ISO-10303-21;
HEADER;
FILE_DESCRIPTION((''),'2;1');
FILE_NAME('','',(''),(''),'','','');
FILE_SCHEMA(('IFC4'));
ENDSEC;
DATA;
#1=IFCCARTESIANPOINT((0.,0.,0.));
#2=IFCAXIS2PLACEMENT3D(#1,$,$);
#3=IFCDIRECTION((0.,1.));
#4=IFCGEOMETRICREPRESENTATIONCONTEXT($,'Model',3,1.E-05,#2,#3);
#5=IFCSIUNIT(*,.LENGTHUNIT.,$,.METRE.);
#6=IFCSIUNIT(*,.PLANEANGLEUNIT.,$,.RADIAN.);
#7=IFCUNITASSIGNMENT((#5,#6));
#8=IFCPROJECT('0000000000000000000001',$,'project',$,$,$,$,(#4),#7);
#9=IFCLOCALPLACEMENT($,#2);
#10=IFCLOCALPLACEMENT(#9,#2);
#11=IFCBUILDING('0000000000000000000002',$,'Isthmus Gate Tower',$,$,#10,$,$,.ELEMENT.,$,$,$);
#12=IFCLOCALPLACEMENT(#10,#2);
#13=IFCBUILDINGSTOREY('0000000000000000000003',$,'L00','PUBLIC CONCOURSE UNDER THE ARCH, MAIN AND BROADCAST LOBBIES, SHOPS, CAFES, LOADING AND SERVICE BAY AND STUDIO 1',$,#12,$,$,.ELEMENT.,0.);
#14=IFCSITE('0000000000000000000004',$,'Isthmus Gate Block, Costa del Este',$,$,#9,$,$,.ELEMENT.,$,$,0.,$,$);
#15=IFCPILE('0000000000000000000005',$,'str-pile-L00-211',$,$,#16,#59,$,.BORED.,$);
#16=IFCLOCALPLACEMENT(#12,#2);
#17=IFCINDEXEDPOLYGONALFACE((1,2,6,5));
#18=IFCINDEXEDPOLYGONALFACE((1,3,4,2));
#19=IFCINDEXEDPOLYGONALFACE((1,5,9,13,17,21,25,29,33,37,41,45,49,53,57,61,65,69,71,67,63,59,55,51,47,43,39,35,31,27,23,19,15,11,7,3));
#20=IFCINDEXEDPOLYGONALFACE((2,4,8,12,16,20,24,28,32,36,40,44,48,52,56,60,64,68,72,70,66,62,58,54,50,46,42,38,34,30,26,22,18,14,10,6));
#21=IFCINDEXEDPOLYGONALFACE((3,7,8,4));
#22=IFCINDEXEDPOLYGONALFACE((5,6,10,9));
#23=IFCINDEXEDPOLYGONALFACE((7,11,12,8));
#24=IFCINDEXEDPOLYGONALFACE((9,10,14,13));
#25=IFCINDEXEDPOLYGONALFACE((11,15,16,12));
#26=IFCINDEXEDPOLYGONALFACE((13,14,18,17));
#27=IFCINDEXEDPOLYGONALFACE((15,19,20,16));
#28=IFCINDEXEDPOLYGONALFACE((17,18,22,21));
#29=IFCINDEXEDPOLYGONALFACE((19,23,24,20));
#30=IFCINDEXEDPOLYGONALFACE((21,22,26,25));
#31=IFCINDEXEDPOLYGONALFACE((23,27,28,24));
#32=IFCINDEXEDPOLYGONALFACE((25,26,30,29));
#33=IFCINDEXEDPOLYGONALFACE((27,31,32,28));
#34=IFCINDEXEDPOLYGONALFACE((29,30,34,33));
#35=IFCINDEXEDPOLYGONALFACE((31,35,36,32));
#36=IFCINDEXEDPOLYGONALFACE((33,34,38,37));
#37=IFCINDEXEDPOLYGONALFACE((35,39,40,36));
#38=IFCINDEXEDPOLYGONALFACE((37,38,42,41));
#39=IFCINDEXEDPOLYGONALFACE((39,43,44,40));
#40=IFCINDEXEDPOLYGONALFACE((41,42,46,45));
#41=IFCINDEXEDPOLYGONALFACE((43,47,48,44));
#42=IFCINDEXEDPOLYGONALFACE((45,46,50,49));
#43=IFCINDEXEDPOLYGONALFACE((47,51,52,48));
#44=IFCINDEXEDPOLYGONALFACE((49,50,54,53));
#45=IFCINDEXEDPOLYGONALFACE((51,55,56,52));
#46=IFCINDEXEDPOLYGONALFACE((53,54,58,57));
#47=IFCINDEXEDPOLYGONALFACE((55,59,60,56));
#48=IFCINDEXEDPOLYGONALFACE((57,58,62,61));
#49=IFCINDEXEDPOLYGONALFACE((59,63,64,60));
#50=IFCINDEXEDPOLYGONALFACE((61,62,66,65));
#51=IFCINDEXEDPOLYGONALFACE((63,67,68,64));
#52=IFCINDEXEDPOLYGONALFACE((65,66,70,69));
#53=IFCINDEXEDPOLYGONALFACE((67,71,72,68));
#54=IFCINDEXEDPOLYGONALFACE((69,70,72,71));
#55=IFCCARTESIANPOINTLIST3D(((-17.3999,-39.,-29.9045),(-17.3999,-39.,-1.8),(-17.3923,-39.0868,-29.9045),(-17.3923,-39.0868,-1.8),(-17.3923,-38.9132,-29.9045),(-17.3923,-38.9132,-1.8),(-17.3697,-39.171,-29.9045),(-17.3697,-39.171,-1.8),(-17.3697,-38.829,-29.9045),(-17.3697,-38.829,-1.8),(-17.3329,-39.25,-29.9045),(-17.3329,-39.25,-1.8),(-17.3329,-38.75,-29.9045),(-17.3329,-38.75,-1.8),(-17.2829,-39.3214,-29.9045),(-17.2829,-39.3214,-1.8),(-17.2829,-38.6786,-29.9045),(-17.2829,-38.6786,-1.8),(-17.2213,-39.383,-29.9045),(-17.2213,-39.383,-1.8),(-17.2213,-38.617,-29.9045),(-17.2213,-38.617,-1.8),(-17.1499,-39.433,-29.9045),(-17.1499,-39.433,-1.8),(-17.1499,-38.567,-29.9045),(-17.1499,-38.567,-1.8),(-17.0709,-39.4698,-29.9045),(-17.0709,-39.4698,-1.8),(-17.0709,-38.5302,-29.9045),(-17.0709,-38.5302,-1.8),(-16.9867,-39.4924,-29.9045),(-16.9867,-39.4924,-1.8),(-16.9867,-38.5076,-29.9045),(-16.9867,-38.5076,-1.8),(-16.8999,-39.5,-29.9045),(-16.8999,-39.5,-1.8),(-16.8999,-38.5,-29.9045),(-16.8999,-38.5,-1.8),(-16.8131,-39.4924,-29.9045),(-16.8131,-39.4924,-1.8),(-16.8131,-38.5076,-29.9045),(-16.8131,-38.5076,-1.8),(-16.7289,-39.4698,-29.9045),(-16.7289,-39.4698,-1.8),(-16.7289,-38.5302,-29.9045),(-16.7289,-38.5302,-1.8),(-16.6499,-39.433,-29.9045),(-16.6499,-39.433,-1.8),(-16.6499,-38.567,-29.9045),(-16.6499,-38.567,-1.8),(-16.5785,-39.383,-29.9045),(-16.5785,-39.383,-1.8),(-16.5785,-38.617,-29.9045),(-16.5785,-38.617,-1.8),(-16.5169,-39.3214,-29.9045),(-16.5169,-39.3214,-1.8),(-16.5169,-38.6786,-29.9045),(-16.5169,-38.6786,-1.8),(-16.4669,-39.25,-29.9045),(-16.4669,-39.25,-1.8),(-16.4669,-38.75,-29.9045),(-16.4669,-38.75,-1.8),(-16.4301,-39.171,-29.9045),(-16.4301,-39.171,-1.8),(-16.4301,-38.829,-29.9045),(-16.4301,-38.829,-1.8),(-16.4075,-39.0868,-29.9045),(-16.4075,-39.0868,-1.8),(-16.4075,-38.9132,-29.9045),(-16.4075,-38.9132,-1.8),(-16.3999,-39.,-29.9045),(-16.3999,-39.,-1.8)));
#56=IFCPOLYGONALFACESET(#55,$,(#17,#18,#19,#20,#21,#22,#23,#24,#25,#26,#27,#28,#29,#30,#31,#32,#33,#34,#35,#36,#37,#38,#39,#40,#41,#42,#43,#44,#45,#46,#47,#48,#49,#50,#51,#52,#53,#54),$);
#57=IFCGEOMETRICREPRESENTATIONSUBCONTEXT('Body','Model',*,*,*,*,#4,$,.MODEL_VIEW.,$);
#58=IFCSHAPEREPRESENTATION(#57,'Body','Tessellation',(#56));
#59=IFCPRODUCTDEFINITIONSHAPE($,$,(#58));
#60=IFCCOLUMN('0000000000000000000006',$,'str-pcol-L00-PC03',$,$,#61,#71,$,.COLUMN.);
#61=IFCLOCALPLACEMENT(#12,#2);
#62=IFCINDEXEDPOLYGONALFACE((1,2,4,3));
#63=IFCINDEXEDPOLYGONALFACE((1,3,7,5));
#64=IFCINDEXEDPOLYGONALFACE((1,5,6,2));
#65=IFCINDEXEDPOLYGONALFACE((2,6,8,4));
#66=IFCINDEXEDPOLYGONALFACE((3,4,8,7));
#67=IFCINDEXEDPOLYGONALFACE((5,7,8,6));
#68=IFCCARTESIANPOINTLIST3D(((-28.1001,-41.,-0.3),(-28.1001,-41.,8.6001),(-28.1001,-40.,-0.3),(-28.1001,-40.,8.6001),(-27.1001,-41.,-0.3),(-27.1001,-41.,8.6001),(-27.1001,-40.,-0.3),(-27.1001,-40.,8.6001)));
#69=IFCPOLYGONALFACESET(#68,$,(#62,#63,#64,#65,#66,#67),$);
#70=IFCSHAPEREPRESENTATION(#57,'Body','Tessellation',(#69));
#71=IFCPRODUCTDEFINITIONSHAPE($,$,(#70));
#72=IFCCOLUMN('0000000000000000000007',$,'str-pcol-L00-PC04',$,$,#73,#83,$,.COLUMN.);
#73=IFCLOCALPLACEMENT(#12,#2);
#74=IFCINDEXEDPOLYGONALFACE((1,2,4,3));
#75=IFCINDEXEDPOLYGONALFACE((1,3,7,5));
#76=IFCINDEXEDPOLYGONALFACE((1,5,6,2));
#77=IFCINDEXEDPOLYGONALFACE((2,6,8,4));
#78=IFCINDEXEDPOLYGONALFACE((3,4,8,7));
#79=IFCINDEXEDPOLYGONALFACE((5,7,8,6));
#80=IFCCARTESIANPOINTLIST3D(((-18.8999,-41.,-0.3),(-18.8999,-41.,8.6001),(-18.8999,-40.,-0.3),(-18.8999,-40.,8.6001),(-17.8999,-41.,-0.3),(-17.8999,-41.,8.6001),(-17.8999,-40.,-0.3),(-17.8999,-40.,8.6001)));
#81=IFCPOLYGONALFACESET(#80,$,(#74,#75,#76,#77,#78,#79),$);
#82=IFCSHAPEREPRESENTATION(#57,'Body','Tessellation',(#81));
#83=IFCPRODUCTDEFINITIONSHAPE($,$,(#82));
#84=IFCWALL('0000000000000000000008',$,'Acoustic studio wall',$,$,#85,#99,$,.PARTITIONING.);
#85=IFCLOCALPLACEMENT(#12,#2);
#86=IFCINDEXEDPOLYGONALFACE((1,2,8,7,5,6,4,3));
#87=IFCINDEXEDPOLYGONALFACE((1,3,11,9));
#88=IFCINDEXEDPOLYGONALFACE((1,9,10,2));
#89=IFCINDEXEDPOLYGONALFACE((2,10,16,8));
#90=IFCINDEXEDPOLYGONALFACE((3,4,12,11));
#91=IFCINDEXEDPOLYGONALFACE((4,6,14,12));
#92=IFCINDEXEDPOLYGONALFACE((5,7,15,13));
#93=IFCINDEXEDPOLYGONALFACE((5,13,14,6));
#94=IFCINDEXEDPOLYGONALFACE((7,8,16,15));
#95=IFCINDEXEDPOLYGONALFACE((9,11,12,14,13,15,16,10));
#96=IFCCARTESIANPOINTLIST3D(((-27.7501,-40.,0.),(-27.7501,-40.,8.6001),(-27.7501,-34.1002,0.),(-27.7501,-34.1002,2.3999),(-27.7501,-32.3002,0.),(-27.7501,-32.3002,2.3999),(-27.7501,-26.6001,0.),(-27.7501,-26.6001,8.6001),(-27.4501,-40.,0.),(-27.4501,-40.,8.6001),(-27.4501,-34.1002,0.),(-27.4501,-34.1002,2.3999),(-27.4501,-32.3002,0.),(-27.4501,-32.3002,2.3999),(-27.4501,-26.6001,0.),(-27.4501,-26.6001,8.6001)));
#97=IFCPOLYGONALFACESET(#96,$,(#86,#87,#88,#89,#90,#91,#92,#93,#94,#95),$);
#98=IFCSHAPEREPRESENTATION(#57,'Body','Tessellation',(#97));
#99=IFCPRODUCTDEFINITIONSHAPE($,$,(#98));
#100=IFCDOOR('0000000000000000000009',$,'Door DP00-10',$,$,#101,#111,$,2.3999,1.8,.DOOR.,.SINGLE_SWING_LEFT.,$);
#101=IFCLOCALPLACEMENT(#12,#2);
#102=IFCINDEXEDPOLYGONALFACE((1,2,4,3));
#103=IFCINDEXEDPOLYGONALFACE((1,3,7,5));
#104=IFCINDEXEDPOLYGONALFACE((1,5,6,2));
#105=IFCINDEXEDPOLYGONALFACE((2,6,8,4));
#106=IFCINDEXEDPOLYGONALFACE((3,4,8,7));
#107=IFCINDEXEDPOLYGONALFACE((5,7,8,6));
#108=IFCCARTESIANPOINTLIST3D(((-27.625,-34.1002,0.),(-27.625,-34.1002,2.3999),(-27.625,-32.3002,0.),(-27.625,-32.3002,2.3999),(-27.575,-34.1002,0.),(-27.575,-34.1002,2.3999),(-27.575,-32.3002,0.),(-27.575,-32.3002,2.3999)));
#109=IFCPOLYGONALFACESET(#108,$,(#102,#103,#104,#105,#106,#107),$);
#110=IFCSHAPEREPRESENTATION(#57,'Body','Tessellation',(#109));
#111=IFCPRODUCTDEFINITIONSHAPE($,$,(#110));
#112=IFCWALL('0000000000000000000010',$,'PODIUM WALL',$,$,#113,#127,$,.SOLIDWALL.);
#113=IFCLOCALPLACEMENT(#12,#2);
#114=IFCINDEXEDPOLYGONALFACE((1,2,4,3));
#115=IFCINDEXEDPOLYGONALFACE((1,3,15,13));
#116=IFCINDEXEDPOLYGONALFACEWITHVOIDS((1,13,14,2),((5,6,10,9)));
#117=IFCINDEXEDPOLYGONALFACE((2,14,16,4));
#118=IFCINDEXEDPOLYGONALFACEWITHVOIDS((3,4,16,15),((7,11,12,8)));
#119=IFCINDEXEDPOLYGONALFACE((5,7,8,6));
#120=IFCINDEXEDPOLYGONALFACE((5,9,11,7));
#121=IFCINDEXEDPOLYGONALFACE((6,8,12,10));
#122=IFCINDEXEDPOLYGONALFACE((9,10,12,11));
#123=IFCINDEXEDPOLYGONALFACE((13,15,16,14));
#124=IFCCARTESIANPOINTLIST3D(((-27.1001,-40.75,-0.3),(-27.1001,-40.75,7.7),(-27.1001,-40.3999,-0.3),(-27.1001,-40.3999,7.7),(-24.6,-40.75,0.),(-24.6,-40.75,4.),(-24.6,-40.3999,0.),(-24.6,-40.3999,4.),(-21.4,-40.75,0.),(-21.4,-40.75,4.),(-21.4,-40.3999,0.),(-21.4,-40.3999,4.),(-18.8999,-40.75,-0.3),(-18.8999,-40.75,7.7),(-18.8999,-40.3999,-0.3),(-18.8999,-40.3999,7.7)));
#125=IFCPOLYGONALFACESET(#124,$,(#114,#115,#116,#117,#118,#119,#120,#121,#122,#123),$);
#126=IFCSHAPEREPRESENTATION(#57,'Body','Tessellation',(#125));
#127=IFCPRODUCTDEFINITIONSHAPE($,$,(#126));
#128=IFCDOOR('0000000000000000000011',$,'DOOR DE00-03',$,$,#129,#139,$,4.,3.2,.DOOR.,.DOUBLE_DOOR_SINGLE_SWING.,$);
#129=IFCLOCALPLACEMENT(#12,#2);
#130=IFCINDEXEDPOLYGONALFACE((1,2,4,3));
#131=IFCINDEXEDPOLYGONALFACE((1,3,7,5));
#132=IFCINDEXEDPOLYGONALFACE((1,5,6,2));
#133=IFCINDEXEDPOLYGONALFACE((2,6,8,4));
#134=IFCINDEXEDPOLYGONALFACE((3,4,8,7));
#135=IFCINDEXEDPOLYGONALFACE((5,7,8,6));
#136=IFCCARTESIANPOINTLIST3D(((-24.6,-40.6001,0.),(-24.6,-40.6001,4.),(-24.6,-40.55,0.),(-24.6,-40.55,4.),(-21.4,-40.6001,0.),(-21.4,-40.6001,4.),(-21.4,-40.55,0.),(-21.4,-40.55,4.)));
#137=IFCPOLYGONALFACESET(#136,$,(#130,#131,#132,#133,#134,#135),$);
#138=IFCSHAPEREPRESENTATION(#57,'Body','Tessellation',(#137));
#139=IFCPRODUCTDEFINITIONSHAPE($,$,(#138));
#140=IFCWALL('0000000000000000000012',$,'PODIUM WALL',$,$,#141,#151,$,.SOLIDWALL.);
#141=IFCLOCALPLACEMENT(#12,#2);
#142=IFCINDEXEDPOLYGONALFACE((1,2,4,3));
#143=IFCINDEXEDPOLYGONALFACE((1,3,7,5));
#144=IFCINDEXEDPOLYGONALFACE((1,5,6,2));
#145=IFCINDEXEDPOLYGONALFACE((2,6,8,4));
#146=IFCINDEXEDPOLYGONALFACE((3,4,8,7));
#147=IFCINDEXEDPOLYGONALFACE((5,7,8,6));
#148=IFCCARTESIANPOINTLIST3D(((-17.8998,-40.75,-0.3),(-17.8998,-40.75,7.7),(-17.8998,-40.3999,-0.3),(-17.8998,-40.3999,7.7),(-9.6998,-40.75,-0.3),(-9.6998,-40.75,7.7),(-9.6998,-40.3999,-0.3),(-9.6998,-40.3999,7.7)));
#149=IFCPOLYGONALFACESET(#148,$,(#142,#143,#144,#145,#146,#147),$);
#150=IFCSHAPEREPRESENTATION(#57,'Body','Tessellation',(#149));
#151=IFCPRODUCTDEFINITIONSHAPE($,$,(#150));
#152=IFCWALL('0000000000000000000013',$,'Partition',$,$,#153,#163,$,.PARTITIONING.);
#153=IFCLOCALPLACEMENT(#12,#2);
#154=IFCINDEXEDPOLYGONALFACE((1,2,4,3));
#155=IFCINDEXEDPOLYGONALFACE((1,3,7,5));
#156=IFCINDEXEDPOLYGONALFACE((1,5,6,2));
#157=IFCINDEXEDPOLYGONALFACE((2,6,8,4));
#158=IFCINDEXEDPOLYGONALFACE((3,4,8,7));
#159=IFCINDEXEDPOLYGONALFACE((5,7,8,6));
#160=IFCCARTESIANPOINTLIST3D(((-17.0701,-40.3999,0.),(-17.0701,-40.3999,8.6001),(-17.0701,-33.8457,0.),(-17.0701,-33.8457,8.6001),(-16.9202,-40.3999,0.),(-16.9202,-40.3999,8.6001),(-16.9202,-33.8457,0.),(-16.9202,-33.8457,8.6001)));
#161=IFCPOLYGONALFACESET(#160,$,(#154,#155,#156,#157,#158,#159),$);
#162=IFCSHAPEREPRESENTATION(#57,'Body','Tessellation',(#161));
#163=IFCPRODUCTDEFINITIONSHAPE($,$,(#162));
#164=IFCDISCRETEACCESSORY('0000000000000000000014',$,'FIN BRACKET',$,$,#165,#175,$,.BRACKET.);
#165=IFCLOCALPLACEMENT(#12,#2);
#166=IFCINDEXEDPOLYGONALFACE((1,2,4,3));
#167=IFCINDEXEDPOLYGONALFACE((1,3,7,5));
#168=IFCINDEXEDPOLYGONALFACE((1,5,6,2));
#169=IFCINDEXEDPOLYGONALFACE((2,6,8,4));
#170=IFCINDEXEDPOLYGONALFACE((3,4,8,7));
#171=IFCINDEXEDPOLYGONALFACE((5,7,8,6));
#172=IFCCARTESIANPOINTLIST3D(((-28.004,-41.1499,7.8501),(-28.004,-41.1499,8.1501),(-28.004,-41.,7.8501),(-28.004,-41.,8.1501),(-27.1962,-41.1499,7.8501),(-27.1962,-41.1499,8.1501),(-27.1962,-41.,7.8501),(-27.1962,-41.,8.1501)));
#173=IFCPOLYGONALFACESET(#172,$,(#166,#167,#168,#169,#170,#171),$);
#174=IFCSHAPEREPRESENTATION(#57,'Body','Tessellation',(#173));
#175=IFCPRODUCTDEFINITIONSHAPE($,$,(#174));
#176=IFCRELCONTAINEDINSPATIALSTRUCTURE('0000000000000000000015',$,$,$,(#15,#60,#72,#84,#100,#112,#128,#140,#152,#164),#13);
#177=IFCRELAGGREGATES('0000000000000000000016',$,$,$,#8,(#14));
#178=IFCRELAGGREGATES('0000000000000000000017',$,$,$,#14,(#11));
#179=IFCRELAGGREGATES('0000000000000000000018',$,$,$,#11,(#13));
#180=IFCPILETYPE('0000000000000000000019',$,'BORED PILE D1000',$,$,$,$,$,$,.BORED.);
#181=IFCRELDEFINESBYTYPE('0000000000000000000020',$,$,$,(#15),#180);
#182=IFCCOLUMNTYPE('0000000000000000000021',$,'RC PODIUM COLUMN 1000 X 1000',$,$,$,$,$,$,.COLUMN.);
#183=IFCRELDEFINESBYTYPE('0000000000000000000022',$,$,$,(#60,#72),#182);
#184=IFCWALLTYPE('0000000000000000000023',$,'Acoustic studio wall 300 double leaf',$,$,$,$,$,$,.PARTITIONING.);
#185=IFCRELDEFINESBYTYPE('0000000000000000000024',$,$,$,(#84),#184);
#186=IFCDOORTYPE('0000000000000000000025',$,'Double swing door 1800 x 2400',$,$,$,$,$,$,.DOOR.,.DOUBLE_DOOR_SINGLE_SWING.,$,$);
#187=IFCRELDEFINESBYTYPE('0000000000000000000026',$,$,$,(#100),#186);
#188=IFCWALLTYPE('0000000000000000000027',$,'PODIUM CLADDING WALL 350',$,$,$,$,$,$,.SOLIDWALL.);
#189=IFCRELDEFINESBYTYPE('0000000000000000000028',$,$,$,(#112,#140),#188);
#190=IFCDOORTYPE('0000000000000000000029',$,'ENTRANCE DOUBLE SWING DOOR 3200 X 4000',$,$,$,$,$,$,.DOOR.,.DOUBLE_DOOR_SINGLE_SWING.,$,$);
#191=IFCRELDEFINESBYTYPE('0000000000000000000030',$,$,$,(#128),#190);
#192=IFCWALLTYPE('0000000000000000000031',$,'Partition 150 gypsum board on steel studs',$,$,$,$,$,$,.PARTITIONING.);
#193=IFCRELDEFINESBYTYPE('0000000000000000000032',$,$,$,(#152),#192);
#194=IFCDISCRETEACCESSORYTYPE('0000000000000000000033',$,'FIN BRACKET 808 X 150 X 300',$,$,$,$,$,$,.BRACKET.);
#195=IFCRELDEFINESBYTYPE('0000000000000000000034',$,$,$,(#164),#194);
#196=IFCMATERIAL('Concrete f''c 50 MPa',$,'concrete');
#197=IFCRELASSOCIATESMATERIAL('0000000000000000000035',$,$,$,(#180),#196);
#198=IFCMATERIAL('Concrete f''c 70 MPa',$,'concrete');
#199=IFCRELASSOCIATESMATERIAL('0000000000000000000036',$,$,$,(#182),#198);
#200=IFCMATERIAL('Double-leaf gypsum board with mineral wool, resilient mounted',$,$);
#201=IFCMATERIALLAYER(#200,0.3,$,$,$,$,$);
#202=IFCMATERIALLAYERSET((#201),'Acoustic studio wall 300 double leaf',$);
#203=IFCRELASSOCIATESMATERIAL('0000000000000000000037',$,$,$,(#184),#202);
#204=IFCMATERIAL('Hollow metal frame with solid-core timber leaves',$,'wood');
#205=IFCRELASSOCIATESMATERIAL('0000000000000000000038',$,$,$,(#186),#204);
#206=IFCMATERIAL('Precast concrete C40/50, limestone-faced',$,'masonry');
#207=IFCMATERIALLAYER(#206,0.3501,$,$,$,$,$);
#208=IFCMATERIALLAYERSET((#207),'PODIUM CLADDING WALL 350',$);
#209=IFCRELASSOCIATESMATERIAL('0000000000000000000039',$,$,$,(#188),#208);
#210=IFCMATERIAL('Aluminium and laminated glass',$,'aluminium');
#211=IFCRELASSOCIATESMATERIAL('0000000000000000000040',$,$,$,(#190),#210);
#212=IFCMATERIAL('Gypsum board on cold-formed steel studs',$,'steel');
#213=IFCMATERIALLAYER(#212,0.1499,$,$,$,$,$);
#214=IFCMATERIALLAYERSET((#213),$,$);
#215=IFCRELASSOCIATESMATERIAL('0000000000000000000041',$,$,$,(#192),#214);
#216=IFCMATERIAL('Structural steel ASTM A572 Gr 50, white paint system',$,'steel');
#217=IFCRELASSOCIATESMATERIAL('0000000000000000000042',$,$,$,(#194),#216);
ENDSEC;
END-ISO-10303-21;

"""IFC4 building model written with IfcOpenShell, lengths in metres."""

from ifc_helpers import new_model, si_unit, direction, frame, frame_2d, origin, origin_2d, place, context, subcontext, project, spatial, rectangle, circle, extrude, material, layer, layer_set, material_profile, profile_set, type_object, element, fill, save


model = new_model("IFC4")

# Units and contexts
model_context = context("Model", 3, precision=1e-05, world=origin(), true_north=direction((0.0, 1.0)))
body_context = subcontext(model_context, "Body", "Model", "MODEL_VIEW")
ifc_project = project(units=[si_unit("LENGTHUNIT", "METRE"), si_unit("PLANEANGLEUNIT", "RADIAN")], contexts=[model_context])

# Site, building, storey
site_placement = place(None, origin())
site = spatial("IfcSite", under=ifc_project, at=site_placement, Name="Isthmus Gate Block, Costa del Este", CompositionType="ELEMENT", RefElevation=0.0)
building_placement = place(site_placement, origin())
building = spatial("IfcBuilding", under=site, at=building_placement, Name="Isthmus Gate Tower", CompositionType="ELEMENT")
storey_placement = place(building_placement, origin())
storey = spatial("IfcBuildingStorey", under=building, at=storey_placement, Name="L00", Description="PUBLIC CONCOURSE UNDER THE ARCH, MAIN AND BROADCAST LOBBIES, SHOPS, CAFES, LOADING AND SERVICE BAY AND STUDIO 1", CompositionType="ELEMENT", Elevation=0.0)

# Pile
ifc_material_1 = material(Name="Concrete f'c 50 MPa", Category="concrete")
ifc_material_profile_1 = material_profile(ifc_material_1, circle(Radius=0.5, at=origin_2d()), Name="D1000")
ifc_profile_set_1 = profile_set([ifc_material_profile_1], Name="Concrete f'c 50 MPa")
pile_type = type_object("IfcPileType", Name="BORED PILE D1000", PredefinedType="BORED", material=ifc_profile_set_1)
pile_1_placement = place(storey_placement, frame((-16.8999, -39.0, -1.8), z_axis=(0.0, 0.0, -1.0), x_axis=(1.0, 0.0, 0.0)))
element("IfcPile", 1, at=pile_1_placement, inside=storey, type_object=pile_type, Name="str-pile-L00-211", PredefinedType="BORED", context=body_context, shape_type="SweptSolid", body=[
    extrude(circle(Radius=0.5, at=origin_2d()), origin(), (0.0, 0.0, 1.0), 28.1045),
])

# Columns
ifc_material_2 = material(Name="Concrete f'c 70 MPa", Category="concrete")
ifc_material_profile_2 = material_profile(ifc_material_2, rectangle(XDim=1.0, YDim=1.0, at=origin_2d()), Name="RC 1000X1000")
ifc_profile_set_2 = profile_set([ifc_material_profile_2], Name="Concrete f'c 70 MPa")
column_type = type_object("IfcColumnType", Name="RC PODIUM COLUMN 1000 X 1000", PredefinedType="COLUMN", material=ifc_profile_set_2)
for number, where, z_axis, x_axis, name in (
    (2, (-27.6001, -40.5, -0.3), (0.0, 0.0, 1.0), (1.0, 0.0, 0.0), "str-pcol-L00-PC03"),
    (3, (-18.3999, -40.5, -0.3), (0.0, 0.0, 1.0), (1.0, 0.0, 0.0), "str-pcol-L00-PC04"),
):
    element("IfcColumn", number, at=place(storey_placement, frame(where, z_axis=z_axis, x_axis=x_axis)), inside=storey, type_object=column_type, Name=name, PredefinedType="COLUMN", context=body_context, shape_type="SweptSolid", body=[
        extrude(rectangle(XDim=1.0, YDim=1.0, at=origin_2d()), origin(), (0.0, 0.0, 1.0), 8.9001),
    ])

# Walls, openings, doors
ifc_material_3 = material(Name="Double-leaf gypsum board with mineral wool, resilient mounted")
ifc_layer_1 = layer(ifc_material_3, 0.3)
ifc_layer_set_1 = layer_set([ifc_layer_1], Name="Acoustic studio wall 300 double leaf")
wall_type_1 = type_object("IfcWallType", Name="Acoustic studio wall 300 double leaf", PredefinedType="PARTITIONING", material=ifc_layer_set_1)
wall_1_placement = place(storey_placement, frame((-27.6001, -40.0, 0.0), z_axis=(0.0, 0.0, 1.0), x_axis=(0.0, 1.0, 0.0)))
wall_1 = element("IfcWall", 4, at=wall_1_placement, inside=storey, type_object=wall_type_1, Name="Acoustic studio wall", PredefinedType="PARTITIONING", context=body_context, shape_type="SweptSolid", body=[
    extrude(rectangle(XDim=13.3999, YDim=0.3, at=frame_2d((6.7, 0.0))), origin(), (0.0, 0.0, 1.0), 8.6001),
])
opening_1_placement = place(wall_1_placement, frame((5.8999, 0.0, 0.0)))
opening_1 = element("IfcOpeningElement", 5, at=opening_1_placement, cuts=wall_1, PredefinedType="OPENING", context=body_context, shape_type="SweptSolid", body=[
    extrude(rectangle(XDim=1.8, YDim=2.3999, at=frame_2d((0.8999, 1.2))), frame((0.0, 0.1599, 0.0), z_axis=(0.0, -1.0, 0.0), x_axis=(1.0, 0.0, 0.0)), (0.0, 0.0, 1.0), 0.3201),
])
ifc_material_4 = material(Name="Hollow metal frame with solid-core timber leaves", Category="wood")
door_type_1 = type_object("IfcDoorType", Name="Double swing door 1800 x 2400", OperationType="DOUBLE_DOOR_SINGLE_SWING", PredefinedType="DOOR", material=ifc_material_4)
door_1_placement = place(opening_1_placement, origin())
door_1 = element("IfcDoor", 6, at=door_1_placement, inside=storey, type_object=door_type_1, Name="Door DP00-10", OperationType="SINGLE_SWING_LEFT", OverallHeight=2.3999, OverallWidth=1.8, PredefinedType="DOOR", context=body_context, shape_type="SweptSolid", body=[
    extrude(rectangle(XDim=1.8, YDim=2.3999, at=frame_2d((0.8999, 1.2))), frame((0.0, 0.0249, 0.0), z_axis=(0.0, -1.0, 0.0), x_axis=(1.0, 0.0, 0.0)), (0.0, 0.0, 1.0), 0.05),
])
fill(opening_1, door_1)
ifc_material_5 = material(Name="Precast concrete C40/50, limestone-faced", Category="masonry")
ifc_layer_2 = layer(ifc_material_5, 0.3501)
ifc_layer_set_2 = layer_set([ifc_layer_2], Name="PODIUM CLADDING WALL 350")
wall_type_2 = type_object("IfcWallType", Name="PODIUM CLADDING WALL 350", PredefinedType="SOLIDWALL", material=ifc_layer_set_2)
wall_2_placement = place(storey_placement, frame((-27.1001, -40.575, -0.3), z_axis=(0.0, 0.0, 1.0), x_axis=(1.0, 0.0, 0.0)))
wall_2 = element("IfcWall", 7, at=wall_2_placement, inside=storey, type_object=wall_type_2, Name="PODIUM WALL", PredefinedType="SOLIDWALL", context=body_context, shape_type="SweptSolid", body=[
    extrude(rectangle(XDim=8.2002, YDim=0.3501, at=frame_2d((4.1001, 0.0))), origin(), (0.0, 0.0, 1.0), 8.0),
])
opening_2_placement = place(wall_2_placement, frame((2.5, 0.0, 0.3)))
opening_2 = element("IfcOpeningElement", 8, at=opening_2_placement, cuts=wall_2, PredefinedType="OPENING", context=body_context, shape_type="SweptSolid", body=[
    extrude(rectangle(XDim=3.2, YDim=4.0, at=frame_2d((1.6001, 2.0))), frame((0.0, 0.1851, 0.0), z_axis=(0.0, -1.0, 0.0), x_axis=(1.0, 0.0, 0.0)), (0.0, 0.0, 1.0), 0.3701),
])
ifc_material_6 = material(Name="Aluminium and laminated glass", Category="aluminium")
door_type_2 = type_object("IfcDoorType", Name="ENTRANCE DOUBLE SWING DOOR 3200 X 4000", OperationType="DOUBLE_DOOR_SINGLE_SWING", PredefinedType="DOOR", material=ifc_material_6)
door_2_placement = place(opening_2_placement, origin())
door_2 = element("IfcDoor", 9, at=door_2_placement, inside=storey, type_object=door_type_2, Name="DOOR DE00-03", OperationType="DOUBLE_DOOR_SINGLE_SWING", OverallHeight=4.0, OverallWidth=3.2, PredefinedType="DOOR", context=body_context, shape_type="SweptSolid", body=[
    extrude(rectangle(XDim=3.2, YDim=4.0, at=frame_2d((1.6001, 2.0))), frame((0.0, 0.0249, 0.0), z_axis=(0.0, -1.0, 0.0), x_axis=(1.0, 0.0, 0.0)), (0.0, 0.0, 1.0), 0.05),
])
fill(opening_2, door_2)

# Walls
wall_3_placement = place(storey_placement, frame((-17.8999, -40.575, -0.3), z_axis=(0.0, 0.0, 1.0), x_axis=(1.0, 0.0, 0.0)))
element("IfcWall", 10, at=wall_3_placement, inside=storey, type_object=wall_type_2, Name="PODIUM WALL", PredefinedType="SOLIDWALL", context=body_context, shape_type="SweptSolid", body=[
    extrude(rectangle(XDim=8.2, YDim=0.3501, at=frame_2d((4.1001, 0.0))), origin(), (0.0, 0.0, 1.0), 8.0),
])
ifc_material_7 = material(Name="Gypsum board on cold-formed steel studs", Category="steel")
ifc_layer_3 = layer(ifc_material_7, 0.1499)
ifc_layer_set_3 = layer_set([ifc_layer_3])
wall_type_3 = type_object("IfcWallType", Name="Partition 150 gypsum board on steel studs", PredefinedType="PARTITIONING", material=ifc_layer_set_3)
wall_4_placement = place(storey_placement, frame((-16.9951, -40.3999, 0.0), z_axis=(0.0, 0.0, 1.0), x_axis=(0.0, 1.0, 0.0)))
element("IfcWall", 11, at=wall_4_placement, inside=storey, type_object=wall_type_3, Name="Partition", PredefinedType="PARTITIONING", context=body_context, shape_type="SweptSolid", body=[
    extrude(rectangle(XDim=6.5542, YDim=0.1499, at=frame_2d((3.2771, 0.0))), origin(), (0.0, 0.0, 1.0), 8.6001),
])

# Discrete accessory
ifc_material_8 = material(Name="Structural steel ASTM A572 Gr 50, white paint system", Category="steel")
discrete_accessory_type = type_object("IfcDiscreteAccessoryType", Name="FIN BRACKET 808 X 150 X 300", PredefinedType="BRACKET", material=ifc_material_8)
for number, where, z_axis, x_axis, name in (
    (12, (-27.6001, -41.075, 7.8501), (0.0, 0.0, 1.0), (0.0, -1.0, 0.0), "FIN BRACKET"),
):
    element("IfcDiscreteAccessory", number, at=place(storey_placement, frame(where, z_axis=z_axis, x_axis=x_axis)), inside=storey, type_object=discrete_accessory_type, Name=name, PredefinedType="BRACKET", context=body_context, shape_type="SweptSolid", body=[
        extrude(rectangle(XDim=0.1499, YDim=0.8079, at=origin_2d()), origin(), (0.0, 0.0, 1.0), 0.3),
    ])

save(model, "model.ifc")
